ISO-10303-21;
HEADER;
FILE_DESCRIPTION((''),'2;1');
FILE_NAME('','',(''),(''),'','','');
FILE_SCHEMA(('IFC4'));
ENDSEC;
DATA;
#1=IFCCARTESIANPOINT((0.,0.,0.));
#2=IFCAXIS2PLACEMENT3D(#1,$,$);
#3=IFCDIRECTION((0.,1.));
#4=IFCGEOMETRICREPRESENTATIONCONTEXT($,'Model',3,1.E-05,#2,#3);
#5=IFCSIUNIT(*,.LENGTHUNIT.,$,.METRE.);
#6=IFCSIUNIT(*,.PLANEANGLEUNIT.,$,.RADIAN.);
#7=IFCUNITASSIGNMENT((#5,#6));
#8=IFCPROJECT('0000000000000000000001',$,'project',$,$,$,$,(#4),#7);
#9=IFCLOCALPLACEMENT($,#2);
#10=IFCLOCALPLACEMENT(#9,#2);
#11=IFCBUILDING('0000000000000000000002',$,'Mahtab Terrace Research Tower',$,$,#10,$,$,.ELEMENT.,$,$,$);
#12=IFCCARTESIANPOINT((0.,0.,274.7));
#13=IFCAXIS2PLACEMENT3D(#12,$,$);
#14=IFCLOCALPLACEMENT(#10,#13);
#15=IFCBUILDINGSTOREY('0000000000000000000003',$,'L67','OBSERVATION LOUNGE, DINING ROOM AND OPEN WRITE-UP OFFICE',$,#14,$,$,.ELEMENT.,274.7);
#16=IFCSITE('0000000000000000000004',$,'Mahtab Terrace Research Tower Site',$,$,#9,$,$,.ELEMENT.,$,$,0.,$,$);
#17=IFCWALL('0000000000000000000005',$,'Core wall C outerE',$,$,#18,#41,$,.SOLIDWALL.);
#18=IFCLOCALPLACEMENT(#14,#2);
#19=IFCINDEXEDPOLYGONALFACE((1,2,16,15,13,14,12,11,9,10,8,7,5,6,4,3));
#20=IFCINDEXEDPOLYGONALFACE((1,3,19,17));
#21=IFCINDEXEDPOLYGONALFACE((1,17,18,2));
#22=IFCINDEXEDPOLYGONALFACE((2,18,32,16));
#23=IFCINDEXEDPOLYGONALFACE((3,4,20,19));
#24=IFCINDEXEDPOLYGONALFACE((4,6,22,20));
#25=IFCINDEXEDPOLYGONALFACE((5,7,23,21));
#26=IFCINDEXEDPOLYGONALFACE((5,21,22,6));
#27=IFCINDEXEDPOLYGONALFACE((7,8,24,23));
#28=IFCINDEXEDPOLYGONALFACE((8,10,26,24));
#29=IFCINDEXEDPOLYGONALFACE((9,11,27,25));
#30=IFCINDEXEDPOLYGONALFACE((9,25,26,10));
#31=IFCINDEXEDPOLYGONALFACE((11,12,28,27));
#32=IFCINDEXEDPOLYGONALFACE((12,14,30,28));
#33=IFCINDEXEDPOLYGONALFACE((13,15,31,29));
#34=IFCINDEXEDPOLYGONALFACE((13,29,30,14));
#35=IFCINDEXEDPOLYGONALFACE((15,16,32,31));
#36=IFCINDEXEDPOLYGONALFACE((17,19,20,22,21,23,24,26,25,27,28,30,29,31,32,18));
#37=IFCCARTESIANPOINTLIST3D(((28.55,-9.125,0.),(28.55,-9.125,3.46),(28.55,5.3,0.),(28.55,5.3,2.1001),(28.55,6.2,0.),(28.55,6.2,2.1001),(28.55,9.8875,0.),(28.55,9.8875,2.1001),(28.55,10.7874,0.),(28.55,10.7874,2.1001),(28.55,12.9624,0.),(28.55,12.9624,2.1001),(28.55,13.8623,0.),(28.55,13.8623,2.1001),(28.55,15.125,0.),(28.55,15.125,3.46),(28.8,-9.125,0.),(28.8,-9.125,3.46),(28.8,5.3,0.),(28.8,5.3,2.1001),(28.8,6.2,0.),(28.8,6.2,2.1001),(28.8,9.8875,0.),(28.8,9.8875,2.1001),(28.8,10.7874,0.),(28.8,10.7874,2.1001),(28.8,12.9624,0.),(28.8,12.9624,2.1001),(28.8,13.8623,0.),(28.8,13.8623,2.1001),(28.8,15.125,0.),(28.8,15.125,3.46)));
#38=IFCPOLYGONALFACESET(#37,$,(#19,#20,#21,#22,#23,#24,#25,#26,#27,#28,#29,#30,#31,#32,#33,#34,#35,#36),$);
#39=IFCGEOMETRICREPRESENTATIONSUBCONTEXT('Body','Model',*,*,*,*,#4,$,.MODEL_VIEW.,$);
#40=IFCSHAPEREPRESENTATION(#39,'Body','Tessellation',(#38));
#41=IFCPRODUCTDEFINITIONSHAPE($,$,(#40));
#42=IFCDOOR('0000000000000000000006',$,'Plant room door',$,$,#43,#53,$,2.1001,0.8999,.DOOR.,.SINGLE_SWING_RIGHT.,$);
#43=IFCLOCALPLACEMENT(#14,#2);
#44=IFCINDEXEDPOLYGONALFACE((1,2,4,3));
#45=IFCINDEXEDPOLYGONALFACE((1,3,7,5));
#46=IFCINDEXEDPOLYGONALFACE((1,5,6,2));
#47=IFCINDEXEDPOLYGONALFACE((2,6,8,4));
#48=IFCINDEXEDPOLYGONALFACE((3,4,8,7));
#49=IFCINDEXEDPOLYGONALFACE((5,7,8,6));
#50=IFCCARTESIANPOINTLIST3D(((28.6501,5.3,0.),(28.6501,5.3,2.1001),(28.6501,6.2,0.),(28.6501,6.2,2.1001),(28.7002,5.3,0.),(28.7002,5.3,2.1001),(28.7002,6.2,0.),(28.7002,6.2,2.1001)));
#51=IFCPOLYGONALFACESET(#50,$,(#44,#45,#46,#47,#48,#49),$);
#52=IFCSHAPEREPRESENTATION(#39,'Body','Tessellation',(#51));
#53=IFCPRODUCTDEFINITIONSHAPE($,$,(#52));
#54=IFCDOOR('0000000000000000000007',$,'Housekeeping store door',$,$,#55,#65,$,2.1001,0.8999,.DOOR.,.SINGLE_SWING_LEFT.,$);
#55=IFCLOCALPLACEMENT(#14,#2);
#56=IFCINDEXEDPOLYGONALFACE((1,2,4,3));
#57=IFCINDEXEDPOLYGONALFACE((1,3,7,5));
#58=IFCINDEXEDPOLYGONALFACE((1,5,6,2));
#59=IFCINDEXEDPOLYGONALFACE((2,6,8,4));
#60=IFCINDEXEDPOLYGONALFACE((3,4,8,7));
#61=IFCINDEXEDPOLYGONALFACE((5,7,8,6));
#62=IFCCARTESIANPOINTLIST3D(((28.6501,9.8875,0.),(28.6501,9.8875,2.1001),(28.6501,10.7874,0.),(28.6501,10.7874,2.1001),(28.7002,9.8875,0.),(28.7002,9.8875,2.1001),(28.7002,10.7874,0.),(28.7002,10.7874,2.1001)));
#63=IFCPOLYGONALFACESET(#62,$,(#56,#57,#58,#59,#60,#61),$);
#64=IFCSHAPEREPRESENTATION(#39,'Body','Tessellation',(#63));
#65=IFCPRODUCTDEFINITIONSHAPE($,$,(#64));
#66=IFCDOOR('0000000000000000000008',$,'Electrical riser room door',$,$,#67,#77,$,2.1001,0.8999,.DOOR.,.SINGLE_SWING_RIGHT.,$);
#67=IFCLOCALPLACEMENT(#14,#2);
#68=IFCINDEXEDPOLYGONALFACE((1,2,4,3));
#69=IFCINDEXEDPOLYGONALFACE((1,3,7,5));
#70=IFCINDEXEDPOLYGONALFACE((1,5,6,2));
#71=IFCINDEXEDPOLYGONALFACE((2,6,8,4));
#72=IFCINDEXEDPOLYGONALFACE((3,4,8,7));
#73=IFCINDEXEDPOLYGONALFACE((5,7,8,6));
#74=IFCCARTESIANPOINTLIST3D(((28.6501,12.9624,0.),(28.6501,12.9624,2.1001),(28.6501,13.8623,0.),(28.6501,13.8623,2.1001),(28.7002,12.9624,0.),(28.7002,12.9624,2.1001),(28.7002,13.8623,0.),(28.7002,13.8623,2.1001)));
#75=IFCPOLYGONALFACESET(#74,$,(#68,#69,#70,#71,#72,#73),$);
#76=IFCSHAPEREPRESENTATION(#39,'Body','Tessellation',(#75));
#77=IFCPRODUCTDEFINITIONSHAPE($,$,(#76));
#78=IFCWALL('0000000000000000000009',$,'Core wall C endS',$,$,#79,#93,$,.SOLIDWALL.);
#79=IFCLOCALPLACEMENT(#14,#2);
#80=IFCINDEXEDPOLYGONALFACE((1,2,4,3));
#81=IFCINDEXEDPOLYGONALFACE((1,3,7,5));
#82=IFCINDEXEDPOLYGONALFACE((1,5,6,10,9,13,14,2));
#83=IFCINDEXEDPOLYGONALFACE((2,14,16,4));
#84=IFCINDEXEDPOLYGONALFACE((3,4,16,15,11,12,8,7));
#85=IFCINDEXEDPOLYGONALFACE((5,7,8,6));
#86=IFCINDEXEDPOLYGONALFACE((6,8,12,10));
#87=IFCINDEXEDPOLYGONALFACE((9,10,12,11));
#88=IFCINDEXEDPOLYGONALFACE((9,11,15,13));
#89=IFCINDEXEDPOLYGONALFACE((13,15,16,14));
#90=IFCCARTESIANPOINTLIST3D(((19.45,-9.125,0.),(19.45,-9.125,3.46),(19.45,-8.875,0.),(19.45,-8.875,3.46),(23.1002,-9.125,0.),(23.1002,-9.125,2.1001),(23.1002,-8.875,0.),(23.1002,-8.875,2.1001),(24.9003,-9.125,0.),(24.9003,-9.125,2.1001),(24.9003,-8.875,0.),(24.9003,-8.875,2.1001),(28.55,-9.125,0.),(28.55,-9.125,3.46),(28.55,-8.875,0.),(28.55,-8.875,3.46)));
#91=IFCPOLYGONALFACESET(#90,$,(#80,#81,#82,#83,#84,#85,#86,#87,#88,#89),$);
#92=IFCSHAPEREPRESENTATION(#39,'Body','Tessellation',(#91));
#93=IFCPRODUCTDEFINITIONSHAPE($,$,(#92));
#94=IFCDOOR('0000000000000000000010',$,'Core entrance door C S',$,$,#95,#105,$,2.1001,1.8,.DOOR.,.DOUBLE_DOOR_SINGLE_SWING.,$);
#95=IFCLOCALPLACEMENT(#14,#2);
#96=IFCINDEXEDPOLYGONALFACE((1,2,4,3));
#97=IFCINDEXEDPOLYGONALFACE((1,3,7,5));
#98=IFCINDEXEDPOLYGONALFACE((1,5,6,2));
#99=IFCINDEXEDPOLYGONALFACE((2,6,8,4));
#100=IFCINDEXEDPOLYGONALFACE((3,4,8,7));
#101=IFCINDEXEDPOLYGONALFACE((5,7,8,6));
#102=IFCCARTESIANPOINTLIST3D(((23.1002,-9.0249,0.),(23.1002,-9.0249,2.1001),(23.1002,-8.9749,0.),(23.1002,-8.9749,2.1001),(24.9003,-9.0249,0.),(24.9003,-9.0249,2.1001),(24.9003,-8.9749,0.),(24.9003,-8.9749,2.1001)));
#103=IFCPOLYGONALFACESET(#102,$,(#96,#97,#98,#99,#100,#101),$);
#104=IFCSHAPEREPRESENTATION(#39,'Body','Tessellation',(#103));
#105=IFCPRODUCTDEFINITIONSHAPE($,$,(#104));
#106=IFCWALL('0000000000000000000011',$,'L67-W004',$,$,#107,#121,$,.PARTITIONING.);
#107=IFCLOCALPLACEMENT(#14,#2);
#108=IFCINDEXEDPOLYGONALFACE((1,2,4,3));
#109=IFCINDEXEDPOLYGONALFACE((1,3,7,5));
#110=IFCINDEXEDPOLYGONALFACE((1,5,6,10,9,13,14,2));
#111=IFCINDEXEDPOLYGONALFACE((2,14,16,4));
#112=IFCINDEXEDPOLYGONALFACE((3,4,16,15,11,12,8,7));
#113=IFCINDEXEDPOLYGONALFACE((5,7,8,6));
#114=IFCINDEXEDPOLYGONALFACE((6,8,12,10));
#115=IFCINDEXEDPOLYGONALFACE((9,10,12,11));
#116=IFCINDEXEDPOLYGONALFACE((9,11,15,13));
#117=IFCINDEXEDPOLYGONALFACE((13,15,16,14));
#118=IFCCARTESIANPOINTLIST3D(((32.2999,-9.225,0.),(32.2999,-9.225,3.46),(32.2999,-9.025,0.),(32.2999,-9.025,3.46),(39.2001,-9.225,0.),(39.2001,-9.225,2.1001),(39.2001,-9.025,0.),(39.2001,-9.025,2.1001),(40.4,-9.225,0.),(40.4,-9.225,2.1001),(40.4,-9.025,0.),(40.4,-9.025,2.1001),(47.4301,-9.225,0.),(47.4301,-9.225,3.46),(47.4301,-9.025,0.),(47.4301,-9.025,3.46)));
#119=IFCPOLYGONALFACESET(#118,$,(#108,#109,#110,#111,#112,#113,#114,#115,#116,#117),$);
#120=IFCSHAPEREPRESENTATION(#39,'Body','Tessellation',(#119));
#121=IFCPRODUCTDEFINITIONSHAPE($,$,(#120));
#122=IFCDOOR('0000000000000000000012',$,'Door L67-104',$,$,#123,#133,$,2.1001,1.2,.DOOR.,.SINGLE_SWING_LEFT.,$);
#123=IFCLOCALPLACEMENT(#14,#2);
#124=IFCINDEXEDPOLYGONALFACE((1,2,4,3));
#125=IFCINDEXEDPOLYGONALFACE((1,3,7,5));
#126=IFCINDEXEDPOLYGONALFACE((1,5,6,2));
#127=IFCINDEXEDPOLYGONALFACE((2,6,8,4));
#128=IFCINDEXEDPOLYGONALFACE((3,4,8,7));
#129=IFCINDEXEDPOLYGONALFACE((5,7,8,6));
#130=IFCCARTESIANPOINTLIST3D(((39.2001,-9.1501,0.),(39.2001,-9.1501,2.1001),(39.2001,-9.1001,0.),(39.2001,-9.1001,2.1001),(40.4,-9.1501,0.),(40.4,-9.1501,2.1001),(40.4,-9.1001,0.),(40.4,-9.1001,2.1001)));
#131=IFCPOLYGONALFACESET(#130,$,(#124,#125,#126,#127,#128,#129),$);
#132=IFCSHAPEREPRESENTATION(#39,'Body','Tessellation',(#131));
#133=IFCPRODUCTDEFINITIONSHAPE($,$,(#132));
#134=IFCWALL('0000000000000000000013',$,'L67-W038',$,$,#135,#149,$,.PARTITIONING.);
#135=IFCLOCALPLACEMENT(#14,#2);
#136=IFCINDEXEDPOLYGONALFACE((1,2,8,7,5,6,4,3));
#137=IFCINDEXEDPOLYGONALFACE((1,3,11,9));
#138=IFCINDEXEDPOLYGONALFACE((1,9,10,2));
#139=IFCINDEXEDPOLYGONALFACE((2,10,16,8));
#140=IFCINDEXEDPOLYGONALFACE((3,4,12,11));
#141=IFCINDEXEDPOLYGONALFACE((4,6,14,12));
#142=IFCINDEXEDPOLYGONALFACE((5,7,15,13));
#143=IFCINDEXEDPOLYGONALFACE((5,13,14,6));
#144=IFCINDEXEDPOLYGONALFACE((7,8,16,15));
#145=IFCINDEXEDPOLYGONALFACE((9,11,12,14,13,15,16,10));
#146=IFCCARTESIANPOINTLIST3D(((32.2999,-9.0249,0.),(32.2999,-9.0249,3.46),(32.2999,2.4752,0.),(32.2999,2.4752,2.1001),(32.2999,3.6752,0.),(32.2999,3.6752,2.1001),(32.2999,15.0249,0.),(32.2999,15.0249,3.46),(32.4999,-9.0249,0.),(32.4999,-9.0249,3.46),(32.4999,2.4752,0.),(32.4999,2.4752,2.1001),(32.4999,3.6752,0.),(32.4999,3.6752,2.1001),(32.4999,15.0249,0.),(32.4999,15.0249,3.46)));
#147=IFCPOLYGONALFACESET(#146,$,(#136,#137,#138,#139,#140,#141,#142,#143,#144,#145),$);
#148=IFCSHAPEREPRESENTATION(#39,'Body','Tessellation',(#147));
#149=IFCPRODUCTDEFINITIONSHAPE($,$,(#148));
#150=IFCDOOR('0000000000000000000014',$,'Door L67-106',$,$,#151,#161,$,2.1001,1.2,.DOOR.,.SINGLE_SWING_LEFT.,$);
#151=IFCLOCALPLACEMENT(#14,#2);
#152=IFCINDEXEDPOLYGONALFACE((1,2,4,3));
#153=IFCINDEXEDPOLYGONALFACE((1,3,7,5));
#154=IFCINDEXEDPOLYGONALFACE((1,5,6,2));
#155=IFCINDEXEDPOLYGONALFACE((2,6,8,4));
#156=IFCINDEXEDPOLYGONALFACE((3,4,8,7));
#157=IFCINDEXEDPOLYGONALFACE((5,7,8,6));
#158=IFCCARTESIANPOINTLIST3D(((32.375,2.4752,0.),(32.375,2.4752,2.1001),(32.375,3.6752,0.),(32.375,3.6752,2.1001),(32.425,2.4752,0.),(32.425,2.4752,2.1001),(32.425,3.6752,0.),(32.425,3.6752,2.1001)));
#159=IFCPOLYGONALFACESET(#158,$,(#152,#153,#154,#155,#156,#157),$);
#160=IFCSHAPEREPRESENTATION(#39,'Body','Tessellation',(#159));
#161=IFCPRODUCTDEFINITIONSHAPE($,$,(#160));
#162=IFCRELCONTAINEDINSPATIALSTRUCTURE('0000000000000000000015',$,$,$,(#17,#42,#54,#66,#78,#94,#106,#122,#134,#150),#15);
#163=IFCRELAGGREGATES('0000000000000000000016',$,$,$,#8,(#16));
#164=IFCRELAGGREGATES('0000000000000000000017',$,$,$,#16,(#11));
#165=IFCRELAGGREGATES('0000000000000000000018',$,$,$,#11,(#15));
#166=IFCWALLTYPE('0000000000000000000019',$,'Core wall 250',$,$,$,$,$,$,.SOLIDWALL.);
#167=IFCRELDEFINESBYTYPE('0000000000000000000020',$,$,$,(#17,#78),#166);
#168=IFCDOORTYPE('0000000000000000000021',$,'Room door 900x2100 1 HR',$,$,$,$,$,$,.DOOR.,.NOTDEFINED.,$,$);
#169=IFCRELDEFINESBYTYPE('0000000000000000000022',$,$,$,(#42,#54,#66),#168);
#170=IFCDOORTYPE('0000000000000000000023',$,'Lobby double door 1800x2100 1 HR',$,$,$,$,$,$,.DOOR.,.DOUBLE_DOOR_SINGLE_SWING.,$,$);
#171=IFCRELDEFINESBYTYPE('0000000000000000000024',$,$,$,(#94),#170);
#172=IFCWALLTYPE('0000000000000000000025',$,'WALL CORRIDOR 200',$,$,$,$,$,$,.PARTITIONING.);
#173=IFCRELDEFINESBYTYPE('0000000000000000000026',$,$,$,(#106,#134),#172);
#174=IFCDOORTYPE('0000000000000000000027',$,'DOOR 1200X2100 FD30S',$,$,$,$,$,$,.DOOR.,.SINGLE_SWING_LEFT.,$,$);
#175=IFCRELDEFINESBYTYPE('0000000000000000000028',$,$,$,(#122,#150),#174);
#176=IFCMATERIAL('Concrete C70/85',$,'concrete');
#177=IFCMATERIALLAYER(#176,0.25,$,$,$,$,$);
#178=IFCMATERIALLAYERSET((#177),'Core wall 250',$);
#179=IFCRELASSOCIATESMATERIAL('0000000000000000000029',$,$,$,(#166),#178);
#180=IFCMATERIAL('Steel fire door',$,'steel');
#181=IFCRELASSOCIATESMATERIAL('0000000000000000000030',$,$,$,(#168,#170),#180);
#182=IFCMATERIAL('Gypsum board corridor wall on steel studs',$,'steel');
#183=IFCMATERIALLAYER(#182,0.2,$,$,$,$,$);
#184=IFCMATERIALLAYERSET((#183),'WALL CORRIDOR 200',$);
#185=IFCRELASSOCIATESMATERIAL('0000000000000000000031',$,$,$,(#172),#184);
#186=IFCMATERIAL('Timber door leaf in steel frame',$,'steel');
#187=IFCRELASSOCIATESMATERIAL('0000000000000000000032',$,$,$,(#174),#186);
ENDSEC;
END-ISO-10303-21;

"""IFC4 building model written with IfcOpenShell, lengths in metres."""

from ifc_helpers import new_model, si_unit, direction, frame, frame_2d, origin, place, context, subcontext, project, spatial, rectangle, extrude, material, layer, layer_set, type_object, element, fill, save


model = new_model("IFC4")

# Units and contexts
model_context = context("Model", 3, precision=1e-05, world=origin(), true_north=direction((0.0, 1.0)))
body_context = subcontext(model_context, "Body", "Model", "MODEL_VIEW")
ifc_project = project(units=[si_unit("LENGTHUNIT", "METRE"), si_unit("PLANEANGLEUNIT", "RADIAN")], contexts=[model_context])

# Site, building, storey
site_placement = place(None, origin())
site = spatial("IfcSite", under=ifc_project, at=site_placement, Name="Mahtab Terrace Research Tower Site", CompositionType="ELEMENT", RefElevation=0.0)
building_placement = place(site_placement, origin())
building = spatial("IfcBuilding", under=site, at=building_placement, Name="Mahtab Terrace Research Tower", CompositionType="ELEMENT")
storey_placement = place(building_placement, frame((0.0, 0.0, 274.7)))
storey = spatial("IfcBuildingStorey", under=building, at=storey_placement, Name="L67", Description="OBSERVATION LOUNGE, DINING ROOM AND OPEN WRITE-UP OFFICE", CompositionType="ELEMENT", Elevation=274.7)

# Shared definitions
ifc_material_1 = material(Name="Concrete C70/85", Category="concrete")

# Wall, openings, doors
ifc_layer_1 = layer(ifc_material_1, 0.25)
ifc_layer_set_1 = layer_set([ifc_layer_1], Name="Core wall 250")
wall_type_1 = type_object("IfcWallType", Name="Core wall 250", PredefinedType="SOLIDWALL", material=ifc_layer_set_1)
wall_1_placement = place(storey_placement, frame((28.675, -9.125, 0.0), z_axis=(0.0, 0.0, 1.0), x_axis=(0.0, 1.0, 0.0)))
wall_1 = element("IfcWall", 1, at=wall_1_placement, inside=storey, type_object=wall_type_1, Name="Core wall C outerE", PredefinedType="SOLIDWALL", context=body_context, shape_type="SweptSolid", body=[
    extrude(rectangle(XDim=24.25, YDim=0.25, at=frame_2d((12.125, 0.0))), origin(), (0.0, 0.0, 1.0), 3.46),
])
opening_1_placement = place(wall_1_placement, frame((14.425, 0.0, 0.0)))
opening_1 = element("IfcOpeningElement", 2, at=opening_1_placement, cuts=wall_1, PredefinedType="OPENING", context=body_context, shape_type="SweptSolid", body=[
    extrude(rectangle(XDim=0.8999, YDim=2.1001, at=frame_2d((0.45, 1.05))), frame((0.0, 0.135, 0.0), z_axis=(0.0, -1.0, 0.0), x_axis=(1.0, 0.0, 0.0)), (0.0, 0.0, 1.0), 0.27),
])
opening_2_placement = place(wall_1_placement, frame((19.0125, 0.0, 0.0)))
opening_2 = element("IfcOpeningElement", 3, at=opening_2_placement, cuts=wall_1, PredefinedType="OPENING", context=body_context, shape_type="SweptSolid", body=[
    extrude(rectangle(XDim=0.8999, YDim=2.1001, at=frame_2d((0.45, 1.05))), frame((0.0, 0.135, 0.0), z_axis=(0.0, -1.0, 0.0), x_axis=(1.0, 0.0, 0.0)), (0.0, 0.0, 1.0), 0.27),
])
opening_3_placement = place(wall_1_placement, frame((22.0874, 0.0, 0.0)))
opening_3 = element("IfcOpeningElement", 4, at=opening_3_placement, cuts=wall_1, PredefinedType="OPENING", context=body_context, shape_type="SweptSolid", body=[
    extrude(rectangle(XDim=0.8999, YDim=2.1001, at=frame_2d((0.45, 1.05))), frame((0.0, 0.135, 0.0), z_axis=(0.0, -1.0, 0.0), x_axis=(1.0, 0.0, 0.0)), (0.0, 0.0, 1.0), 0.27),
])
ifc_material_2 = material(Name="Steel fire door", Category="steel")
door_type_1 = type_object("IfcDoorType", Name="Room door 900x2100 1 HR", OperationType="NOTDEFINED", PredefinedType="DOOR", material=ifc_material_2)
door_1_placement = place(opening_1_placement, origin())
door_1 = element("IfcDoor", 5, at=door_1_placement, inside=storey, type_object=door_type_1, Name="Plant room door", OperationType="SINGLE_SWING_RIGHT", OverallHeight=2.1001, OverallWidth=0.8999, PredefinedType="DOOR", context=body_context, shape_type="SweptSolid", body=[
    extrude(rectangle(XDim=0.8999, YDim=2.1001, at=frame_2d((0.45, 1.05))), frame((0.0, 0.0249, 0.0), z_axis=(0.0, -1.0, 0.0), x_axis=(1.0, 0.0, 0.0)), (0.0, 0.0, 1.0), 0.05),
])
fill(opening_1, door_1)
door_2_placement = place(opening_2_placement, origin())
door_2 = element("IfcDoor", 6, at=door_2_placement, inside=storey, type_object=door_type_1, Name="Housekeeping store door", OperationType="SINGLE_SWING_LEFT", OverallHeight=2.1001, OverallWidth=0.8999, PredefinedType="DOOR", context=body_context, shape_type="SweptSolid", body=[
    extrude(rectangle(XDim=0.8999, YDim=2.1001, at=frame_2d((0.45, 1.05))), frame((0.0, 0.0249, 0.0), z_axis=(0.0, -1.0, 0.0), x_axis=(1.0, 0.0, 0.0)), (0.0, 0.0, 1.0), 0.05),
])
fill(opening_2, door_2)
door_3_placement = place(opening_3_placement, origin())
door_3 = element("IfcDoor", 7, at=door_3_placement, inside=storey, type_object=door_type_1, Name="Electrical riser room door", OperationType="SINGLE_SWING_RIGHT", OverallHeight=2.1001, OverallWidth=0.8999, PredefinedType="DOOR", context=body_context, shape_type="SweptSolid", body=[
    extrude(rectangle(XDim=0.8999, YDim=2.1001, at=frame_2d((0.45, 1.05))), frame((0.0, 0.0249, 0.0), z_axis=(0.0, -1.0, 0.0), x_axis=(1.0, 0.0, 0.0)), (0.0, 0.0, 1.0), 0.05),
])
fill(opening_3, door_3)

# Walls, openings, doors
wall_2_placement = place(storey_placement, frame((28.55, -9.0, 0.0), z_axis=(0.0, 0.0, 1.0), x_axis=(-1.0, 0.0, 0.0)))
wall_2 = element("IfcWall", 8, at=wall_2_placement, inside=storey, type_object=wall_type_1, Name="Core wall C endS", PredefinedType="SOLIDWALL", context=body_context, shape_type="SweptSolid", body=[
    extrude(rectangle(XDim=9.1001, YDim=0.25, at=frame_2d((4.55, 0.0))), origin(), (0.0, 0.0, 1.0), 3.46),
])
opening_4_placement = place(wall_2_placement, frame((3.6499, 0.0, 0.0)))
opening_4 = element("IfcOpeningElement", 9, at=opening_4_placement, cuts=wall_2, PredefinedType="OPENING", context=body_context, shape_type="SweptSolid", body=[
    extrude(rectangle(XDim=1.8, YDim=2.1001, at=frame_2d((0.8999, 1.05))), frame((0.0, 0.135, 0.0), z_axis=(0.0, -1.0, 0.0), x_axis=(1.0, 0.0, 0.0)), (0.0, 0.0, 1.0), 0.27),
])
door_type_2 = type_object("IfcDoorType", Name="Lobby double door 1800x2100 1 HR", OperationType="DOUBLE_DOOR_SINGLE_SWING", PredefinedType="DOOR", material=ifc_material_2)
door_4_placement = place(opening_4_placement, origin())
door_4 = element("IfcDoor", 10, at=door_4_placement, inside=storey, type_object=door_type_2, Name="Core entrance door C S", OperationType="DOUBLE_DOOR_SINGLE_SWING", OverallHeight=2.1001, OverallWidth=1.8, PredefinedType="DOOR", context=body_context, shape_type="SweptSolid", body=[
    extrude(rectangle(XDim=1.8, YDim=2.1001, at=frame_2d((0.8999, 1.05))), frame((0.0, 0.0249, 0.0), z_axis=(0.0, -1.0, 0.0), x_axis=(1.0, 0.0, 0.0)), (0.0, 0.0, 1.0), 0.05),
])
fill(opening_4, door_4)
ifc_material_3 = material(Name="Gypsum board corridor wall on steel studs", Category="steel")
ifc_layer_2 = layer(ifc_material_3, 0.2)
ifc_layer_set_2 = layer_set([ifc_layer_2], Name="WALL CORRIDOR 200")
wall_type_2 = type_object("IfcWallType", Name="WALL CORRIDOR 200", PredefinedType="PARTITIONING", material=ifc_layer_set_2)
wall_3_placement = place(storey_placement, frame((32.3, -9.125, 0.0), z_axis=(0.0, 0.0, 1.0), x_axis=(1.0, 0.0, 0.0)))
wall_3 = element("IfcWall", 11, at=wall_3_placement, inside=storey, type_object=wall_type_2, Name="L67-W004", PredefinedType="PARTITIONING", context=body_context, shape_type="SweptSolid", body=[
    extrude(rectangle(XDim=15.1301, YDim=0.2, at=frame_2d((7.5649, 0.0))), origin(), (0.0, 0.0, 1.0), 3.46),
])
opening_5_placement = place(wall_3_placement, frame((6.8999, 0.0, 0.0)))
opening_5 = element("IfcOpeningElement", 12, at=opening_5_placement, cuts=wall_3, PredefinedType="OPENING", context=body_context, shape_type="SweptSolid", body=[
    extrude(rectangle(XDim=1.2, YDim=2.1001, at=frame_2d((0.6001, 1.05))), frame((0.0, 0.1099, 0.0), z_axis=(0.0, -1.0, 0.0), x_axis=(1.0, 0.0, 0.0)), (0.0, 0.0, 1.0), 0.22),
])
ifc_material_4 = material(Name="Timber door leaf in steel frame", Category="steel")
door_type_3 = type_object("IfcDoorType", Name="DOOR 1200X2100 FD30S", OperationType="SINGLE_SWING_LEFT", PredefinedType="DOOR", material=ifc_material_4)
door_5_placement = place(opening_5_placement, origin())
door_5 = element("IfcDoor", 13, at=door_5_placement, inside=storey, type_object=door_type_3, Name="Door L67-104", OperationType="SINGLE_SWING_LEFT", OverallHeight=2.1001, OverallWidth=1.2, PredefinedType="DOOR", context=body_context, shape_type="SweptSolid", body=[
    extrude(rectangle(XDim=1.2, YDim=2.1001, at=frame_2d((0.6001, 1.05))), frame((0.0, 0.0249, 0.0), z_axis=(0.0, -1.0, 0.0), x_axis=(1.0, 0.0, 0.0)), (0.0, 0.0, 1.0), 0.05),
])
fill(opening_5, door_5)
wall_4_placement = place(storey_placement, frame((32.3999, -9.0249, 0.0), z_axis=(0.0, 0.0, 1.0), x_axis=(0.0, 1.0, 0.0)))
wall_4 = element("IfcWall", 14, at=wall_4_placement, inside=storey, type_object=wall_type_2, Name="L67-W038", PredefinedType="PARTITIONING", context=body_context, shape_type="SweptSolid", body=[
    extrude(rectangle(XDim=24.0498, YDim=0.2, at=frame_2d((12.0249, 0.0))), origin(), (0.0, 0.0, 1.0), 3.46),
])
opening_6_placement = place(wall_4_placement, frame((11.5, 0.0, 0.0)))
opening_6 = element("IfcOpeningElement", 15, at=opening_6_placement, cuts=wall_4, PredefinedType="OPENING", context=body_context, shape_type="SweptSolid", body=[
    extrude(rectangle(XDim=1.2, YDim=2.1001, at=frame_2d((0.6001, 1.05))), frame((0.0, 0.1099, 0.0), z_axis=(0.0, -1.0, 0.0), x_axis=(1.0, 0.0, 0.0)), (0.0, 0.0, 1.0), 0.22),
])
door_6_placement = place(opening_6_placement, origin())
door_6 = element("IfcDoor", 16, at=door_6_placement, inside=storey, type_object=door_type_3, Name="Door L67-106", OperationType="SINGLE_SWING_LEFT", OverallHeight=2.1001, OverallWidth=1.2, PredefinedType="DOOR", context=body_context, shape_type="SweptSolid", body=[
    extrude(rectangle(XDim=1.2, YDim=2.1001, at=frame_2d((0.6001, 1.05))), frame((0.0, 0.0249, 0.0), z_axis=(0.0, -1.0, 0.0), x_axis=(1.0, 0.0, 0.0)), (0.0, 0.0, 1.0), 0.05),
])
fill(opening_6, door_6)

save(model, "model.ifc")
